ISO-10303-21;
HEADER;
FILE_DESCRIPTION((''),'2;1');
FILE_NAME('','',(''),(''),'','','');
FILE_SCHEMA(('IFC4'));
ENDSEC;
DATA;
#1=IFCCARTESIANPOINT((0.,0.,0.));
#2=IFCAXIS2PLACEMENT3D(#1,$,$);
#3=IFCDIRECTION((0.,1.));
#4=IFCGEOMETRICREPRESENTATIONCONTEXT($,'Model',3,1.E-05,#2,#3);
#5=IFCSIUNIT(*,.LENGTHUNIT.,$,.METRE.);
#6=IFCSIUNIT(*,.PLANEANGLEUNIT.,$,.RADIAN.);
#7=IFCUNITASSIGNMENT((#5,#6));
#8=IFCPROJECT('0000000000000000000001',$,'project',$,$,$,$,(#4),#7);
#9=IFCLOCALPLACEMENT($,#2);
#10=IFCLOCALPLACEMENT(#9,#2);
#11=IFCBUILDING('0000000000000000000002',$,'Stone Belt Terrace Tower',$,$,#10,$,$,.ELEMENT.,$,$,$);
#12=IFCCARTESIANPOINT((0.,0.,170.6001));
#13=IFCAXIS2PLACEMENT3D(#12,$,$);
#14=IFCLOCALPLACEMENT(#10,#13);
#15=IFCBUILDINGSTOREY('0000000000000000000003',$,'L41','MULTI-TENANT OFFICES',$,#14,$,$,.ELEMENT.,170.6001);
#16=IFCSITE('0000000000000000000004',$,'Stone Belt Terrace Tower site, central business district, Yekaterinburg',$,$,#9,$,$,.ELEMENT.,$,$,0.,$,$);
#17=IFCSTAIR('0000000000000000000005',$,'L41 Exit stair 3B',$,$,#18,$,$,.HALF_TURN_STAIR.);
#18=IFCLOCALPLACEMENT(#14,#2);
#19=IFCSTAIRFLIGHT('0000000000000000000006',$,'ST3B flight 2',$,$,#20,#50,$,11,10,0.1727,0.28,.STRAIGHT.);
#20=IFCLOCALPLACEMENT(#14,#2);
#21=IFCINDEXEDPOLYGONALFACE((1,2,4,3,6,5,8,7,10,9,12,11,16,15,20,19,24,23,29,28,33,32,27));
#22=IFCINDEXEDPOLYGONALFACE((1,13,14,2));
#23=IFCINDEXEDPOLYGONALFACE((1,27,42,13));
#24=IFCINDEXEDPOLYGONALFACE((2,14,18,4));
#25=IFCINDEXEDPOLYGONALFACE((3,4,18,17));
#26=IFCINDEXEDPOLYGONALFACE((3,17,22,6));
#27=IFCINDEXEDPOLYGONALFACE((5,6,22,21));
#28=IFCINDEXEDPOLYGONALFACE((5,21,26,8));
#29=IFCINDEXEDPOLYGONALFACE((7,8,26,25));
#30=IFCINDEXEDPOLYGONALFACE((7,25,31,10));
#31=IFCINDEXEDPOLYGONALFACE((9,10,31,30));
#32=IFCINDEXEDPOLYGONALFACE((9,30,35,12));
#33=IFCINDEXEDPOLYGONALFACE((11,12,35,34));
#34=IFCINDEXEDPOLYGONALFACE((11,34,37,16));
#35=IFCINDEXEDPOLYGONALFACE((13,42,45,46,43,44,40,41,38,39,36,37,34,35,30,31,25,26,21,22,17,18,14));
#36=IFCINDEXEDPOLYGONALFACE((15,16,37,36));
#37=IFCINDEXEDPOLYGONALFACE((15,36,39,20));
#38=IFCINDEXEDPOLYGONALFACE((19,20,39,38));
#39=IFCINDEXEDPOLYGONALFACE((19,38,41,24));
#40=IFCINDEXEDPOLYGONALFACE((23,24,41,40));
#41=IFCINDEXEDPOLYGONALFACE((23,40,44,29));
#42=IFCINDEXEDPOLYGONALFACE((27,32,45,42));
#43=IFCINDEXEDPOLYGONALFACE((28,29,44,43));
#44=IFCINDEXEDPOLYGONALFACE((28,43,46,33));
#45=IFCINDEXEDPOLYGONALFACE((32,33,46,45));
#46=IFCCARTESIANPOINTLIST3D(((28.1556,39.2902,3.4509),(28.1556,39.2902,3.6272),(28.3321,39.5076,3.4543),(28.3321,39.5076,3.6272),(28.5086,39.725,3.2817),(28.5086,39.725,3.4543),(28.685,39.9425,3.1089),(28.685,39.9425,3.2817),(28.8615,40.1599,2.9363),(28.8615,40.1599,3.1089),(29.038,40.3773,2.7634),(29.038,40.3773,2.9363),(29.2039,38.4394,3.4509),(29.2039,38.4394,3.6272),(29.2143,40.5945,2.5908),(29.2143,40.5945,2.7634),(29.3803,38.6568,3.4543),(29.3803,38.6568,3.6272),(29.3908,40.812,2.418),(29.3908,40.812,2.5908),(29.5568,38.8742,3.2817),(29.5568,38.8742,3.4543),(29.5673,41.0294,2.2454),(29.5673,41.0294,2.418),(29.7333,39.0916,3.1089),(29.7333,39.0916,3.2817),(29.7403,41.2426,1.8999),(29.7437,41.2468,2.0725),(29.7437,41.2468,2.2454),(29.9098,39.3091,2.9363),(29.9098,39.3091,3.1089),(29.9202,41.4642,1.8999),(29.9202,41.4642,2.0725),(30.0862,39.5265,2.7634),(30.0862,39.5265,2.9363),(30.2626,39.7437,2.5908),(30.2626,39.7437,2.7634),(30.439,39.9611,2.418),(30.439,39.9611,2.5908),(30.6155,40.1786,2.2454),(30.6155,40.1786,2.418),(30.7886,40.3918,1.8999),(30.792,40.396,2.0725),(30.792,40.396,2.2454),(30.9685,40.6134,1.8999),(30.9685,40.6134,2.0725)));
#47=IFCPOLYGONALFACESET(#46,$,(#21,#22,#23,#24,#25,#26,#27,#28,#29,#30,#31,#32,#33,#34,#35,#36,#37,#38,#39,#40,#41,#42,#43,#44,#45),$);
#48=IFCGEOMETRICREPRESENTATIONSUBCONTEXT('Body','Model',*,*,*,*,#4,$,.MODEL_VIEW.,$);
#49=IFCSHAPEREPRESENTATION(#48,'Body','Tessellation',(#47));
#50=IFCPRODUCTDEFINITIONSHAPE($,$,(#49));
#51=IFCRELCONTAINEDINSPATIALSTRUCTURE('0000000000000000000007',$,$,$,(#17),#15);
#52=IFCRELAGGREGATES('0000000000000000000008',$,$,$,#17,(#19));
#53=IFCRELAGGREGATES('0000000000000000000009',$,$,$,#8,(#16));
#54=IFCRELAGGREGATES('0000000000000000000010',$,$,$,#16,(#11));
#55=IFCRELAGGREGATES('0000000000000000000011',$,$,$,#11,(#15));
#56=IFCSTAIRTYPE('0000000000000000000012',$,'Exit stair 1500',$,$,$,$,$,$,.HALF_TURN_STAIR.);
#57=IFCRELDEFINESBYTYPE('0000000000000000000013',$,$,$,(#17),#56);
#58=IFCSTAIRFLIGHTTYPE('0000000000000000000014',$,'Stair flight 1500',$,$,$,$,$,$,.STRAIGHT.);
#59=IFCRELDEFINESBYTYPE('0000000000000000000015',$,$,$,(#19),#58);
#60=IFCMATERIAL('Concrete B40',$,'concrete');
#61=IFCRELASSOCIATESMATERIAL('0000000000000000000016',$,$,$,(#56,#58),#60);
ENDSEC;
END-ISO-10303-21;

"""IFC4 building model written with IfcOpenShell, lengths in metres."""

from ifc_helpers import new_model, si_unit, direction, frame, origin, place, context, subcontext, project, spatial, polyline, outline, extrude, material, type_object, element, aggregate, save


model = new_model("IFC4")

# Units and contexts
model_context = context("Model", 3, precision=1e-05, world=origin(), true_north=direction((0.0, 1.0)))
body_context = subcontext(model_context, "Body", "Model", "MODEL_VIEW")
ifc_project = project(units=[si_unit("LENGTHUNIT", "METRE"), si_unit("PLANEANGLEUNIT", "RADIAN")], contexts=[model_context])

# Site, building, storey
site_placement = place(None, origin())
site = spatial("IfcSite", under=ifc_project, at=site_placement, Name="Stone Belt Terrace Tower site, central business district, Yekaterinburg", CompositionType="ELEMENT", RefElevation=0.0)
building_placement = place(site_placement, origin())
building = spatial("IfcBuilding", under=site, at=building_placement, Name="Stone Belt Terrace Tower", CompositionType="ELEMENT")
storey_placement = place(building_placement, frame((0.0, 0.0, 170.6001)))
storey = spatial("IfcBuildingStorey", under=building, at=storey_placement, Name="L41", Description="MULTI-TENANT OFFICES", CompositionType="ELEMENT", Elevation=170.6001)

# Stair, stair flight
ifc_material_1 = material(Name="Concrete B40", Category="concrete")
stair_type = type_object("IfcStairType", Name="Exit stair 1500", PredefinedType="HALF_TURN_STAIR", material=ifc_material_1)
stair_placement = place(storey_placement, origin())
stair = element("IfcStair", 1, at=stair_placement, inside=storey, type_object=stair_type, Name="L41 Exit stair 3B", PredefinedType="HALF_TURN_STAIR")
stair_flight_type = type_object("IfcStairFlightType", Name="Stair flight 1500", PredefinedType="STRAIGHT", material=ifc_material_1)
stair_flight_1_placement = place(storey_placement, frame((30.4443, 41.0388, 1.8999), z_axis=(0.0, 0.0, 1.0), x_axis=(-0.630206, -0.776428, 0.0)))
stair_flight_1 = element("IfcStairFlight", 2, at=stair_flight_1_placement, type_object=stair_flight_type, Name="ST3B flight 2", NumberOfRisers=11, NumberOfTreads=10, PredefinedType="STRAIGHT", RiserHeight=0.1727, TreadLength=0.28, context=body_context, shape_type="SweptSolid", body=[
    extrude(outline(polyline([(0.0, 0.0), (0.0, 0.1726), (0.28, 0.1726), (0.28, 0.3455), (0.5601, 0.3455), (0.5601, 0.5181), (0.8401, 0.5181), (0.8401, 0.6909), (1.1201, 0.6909), (1.1201, 0.8635), (1.3999, 0.8635), (1.3999, 1.0364), (1.6799, 1.0364), (1.6799, 1.209), (1.96, 1.209), (1.96, 1.3818), (2.24, 1.3818), (2.24, 1.5544), (2.52, 1.5544), (2.52, 1.7273), (2.8, 1.7273), (2.8, 1.8999), (2.8, 1.551), (0.2854, 0.0), (0.0, 0.0)])), frame((0.0, 0.675, 0.0), z_axis=(0.0, -1.0, 0.0), x_axis=(1.0, 0.0, 0.0)), (0.0, 0.0, 1.0), 1.3501),
])
aggregate(stair, [stair_flight_1])

save(model, "model.ifc")
